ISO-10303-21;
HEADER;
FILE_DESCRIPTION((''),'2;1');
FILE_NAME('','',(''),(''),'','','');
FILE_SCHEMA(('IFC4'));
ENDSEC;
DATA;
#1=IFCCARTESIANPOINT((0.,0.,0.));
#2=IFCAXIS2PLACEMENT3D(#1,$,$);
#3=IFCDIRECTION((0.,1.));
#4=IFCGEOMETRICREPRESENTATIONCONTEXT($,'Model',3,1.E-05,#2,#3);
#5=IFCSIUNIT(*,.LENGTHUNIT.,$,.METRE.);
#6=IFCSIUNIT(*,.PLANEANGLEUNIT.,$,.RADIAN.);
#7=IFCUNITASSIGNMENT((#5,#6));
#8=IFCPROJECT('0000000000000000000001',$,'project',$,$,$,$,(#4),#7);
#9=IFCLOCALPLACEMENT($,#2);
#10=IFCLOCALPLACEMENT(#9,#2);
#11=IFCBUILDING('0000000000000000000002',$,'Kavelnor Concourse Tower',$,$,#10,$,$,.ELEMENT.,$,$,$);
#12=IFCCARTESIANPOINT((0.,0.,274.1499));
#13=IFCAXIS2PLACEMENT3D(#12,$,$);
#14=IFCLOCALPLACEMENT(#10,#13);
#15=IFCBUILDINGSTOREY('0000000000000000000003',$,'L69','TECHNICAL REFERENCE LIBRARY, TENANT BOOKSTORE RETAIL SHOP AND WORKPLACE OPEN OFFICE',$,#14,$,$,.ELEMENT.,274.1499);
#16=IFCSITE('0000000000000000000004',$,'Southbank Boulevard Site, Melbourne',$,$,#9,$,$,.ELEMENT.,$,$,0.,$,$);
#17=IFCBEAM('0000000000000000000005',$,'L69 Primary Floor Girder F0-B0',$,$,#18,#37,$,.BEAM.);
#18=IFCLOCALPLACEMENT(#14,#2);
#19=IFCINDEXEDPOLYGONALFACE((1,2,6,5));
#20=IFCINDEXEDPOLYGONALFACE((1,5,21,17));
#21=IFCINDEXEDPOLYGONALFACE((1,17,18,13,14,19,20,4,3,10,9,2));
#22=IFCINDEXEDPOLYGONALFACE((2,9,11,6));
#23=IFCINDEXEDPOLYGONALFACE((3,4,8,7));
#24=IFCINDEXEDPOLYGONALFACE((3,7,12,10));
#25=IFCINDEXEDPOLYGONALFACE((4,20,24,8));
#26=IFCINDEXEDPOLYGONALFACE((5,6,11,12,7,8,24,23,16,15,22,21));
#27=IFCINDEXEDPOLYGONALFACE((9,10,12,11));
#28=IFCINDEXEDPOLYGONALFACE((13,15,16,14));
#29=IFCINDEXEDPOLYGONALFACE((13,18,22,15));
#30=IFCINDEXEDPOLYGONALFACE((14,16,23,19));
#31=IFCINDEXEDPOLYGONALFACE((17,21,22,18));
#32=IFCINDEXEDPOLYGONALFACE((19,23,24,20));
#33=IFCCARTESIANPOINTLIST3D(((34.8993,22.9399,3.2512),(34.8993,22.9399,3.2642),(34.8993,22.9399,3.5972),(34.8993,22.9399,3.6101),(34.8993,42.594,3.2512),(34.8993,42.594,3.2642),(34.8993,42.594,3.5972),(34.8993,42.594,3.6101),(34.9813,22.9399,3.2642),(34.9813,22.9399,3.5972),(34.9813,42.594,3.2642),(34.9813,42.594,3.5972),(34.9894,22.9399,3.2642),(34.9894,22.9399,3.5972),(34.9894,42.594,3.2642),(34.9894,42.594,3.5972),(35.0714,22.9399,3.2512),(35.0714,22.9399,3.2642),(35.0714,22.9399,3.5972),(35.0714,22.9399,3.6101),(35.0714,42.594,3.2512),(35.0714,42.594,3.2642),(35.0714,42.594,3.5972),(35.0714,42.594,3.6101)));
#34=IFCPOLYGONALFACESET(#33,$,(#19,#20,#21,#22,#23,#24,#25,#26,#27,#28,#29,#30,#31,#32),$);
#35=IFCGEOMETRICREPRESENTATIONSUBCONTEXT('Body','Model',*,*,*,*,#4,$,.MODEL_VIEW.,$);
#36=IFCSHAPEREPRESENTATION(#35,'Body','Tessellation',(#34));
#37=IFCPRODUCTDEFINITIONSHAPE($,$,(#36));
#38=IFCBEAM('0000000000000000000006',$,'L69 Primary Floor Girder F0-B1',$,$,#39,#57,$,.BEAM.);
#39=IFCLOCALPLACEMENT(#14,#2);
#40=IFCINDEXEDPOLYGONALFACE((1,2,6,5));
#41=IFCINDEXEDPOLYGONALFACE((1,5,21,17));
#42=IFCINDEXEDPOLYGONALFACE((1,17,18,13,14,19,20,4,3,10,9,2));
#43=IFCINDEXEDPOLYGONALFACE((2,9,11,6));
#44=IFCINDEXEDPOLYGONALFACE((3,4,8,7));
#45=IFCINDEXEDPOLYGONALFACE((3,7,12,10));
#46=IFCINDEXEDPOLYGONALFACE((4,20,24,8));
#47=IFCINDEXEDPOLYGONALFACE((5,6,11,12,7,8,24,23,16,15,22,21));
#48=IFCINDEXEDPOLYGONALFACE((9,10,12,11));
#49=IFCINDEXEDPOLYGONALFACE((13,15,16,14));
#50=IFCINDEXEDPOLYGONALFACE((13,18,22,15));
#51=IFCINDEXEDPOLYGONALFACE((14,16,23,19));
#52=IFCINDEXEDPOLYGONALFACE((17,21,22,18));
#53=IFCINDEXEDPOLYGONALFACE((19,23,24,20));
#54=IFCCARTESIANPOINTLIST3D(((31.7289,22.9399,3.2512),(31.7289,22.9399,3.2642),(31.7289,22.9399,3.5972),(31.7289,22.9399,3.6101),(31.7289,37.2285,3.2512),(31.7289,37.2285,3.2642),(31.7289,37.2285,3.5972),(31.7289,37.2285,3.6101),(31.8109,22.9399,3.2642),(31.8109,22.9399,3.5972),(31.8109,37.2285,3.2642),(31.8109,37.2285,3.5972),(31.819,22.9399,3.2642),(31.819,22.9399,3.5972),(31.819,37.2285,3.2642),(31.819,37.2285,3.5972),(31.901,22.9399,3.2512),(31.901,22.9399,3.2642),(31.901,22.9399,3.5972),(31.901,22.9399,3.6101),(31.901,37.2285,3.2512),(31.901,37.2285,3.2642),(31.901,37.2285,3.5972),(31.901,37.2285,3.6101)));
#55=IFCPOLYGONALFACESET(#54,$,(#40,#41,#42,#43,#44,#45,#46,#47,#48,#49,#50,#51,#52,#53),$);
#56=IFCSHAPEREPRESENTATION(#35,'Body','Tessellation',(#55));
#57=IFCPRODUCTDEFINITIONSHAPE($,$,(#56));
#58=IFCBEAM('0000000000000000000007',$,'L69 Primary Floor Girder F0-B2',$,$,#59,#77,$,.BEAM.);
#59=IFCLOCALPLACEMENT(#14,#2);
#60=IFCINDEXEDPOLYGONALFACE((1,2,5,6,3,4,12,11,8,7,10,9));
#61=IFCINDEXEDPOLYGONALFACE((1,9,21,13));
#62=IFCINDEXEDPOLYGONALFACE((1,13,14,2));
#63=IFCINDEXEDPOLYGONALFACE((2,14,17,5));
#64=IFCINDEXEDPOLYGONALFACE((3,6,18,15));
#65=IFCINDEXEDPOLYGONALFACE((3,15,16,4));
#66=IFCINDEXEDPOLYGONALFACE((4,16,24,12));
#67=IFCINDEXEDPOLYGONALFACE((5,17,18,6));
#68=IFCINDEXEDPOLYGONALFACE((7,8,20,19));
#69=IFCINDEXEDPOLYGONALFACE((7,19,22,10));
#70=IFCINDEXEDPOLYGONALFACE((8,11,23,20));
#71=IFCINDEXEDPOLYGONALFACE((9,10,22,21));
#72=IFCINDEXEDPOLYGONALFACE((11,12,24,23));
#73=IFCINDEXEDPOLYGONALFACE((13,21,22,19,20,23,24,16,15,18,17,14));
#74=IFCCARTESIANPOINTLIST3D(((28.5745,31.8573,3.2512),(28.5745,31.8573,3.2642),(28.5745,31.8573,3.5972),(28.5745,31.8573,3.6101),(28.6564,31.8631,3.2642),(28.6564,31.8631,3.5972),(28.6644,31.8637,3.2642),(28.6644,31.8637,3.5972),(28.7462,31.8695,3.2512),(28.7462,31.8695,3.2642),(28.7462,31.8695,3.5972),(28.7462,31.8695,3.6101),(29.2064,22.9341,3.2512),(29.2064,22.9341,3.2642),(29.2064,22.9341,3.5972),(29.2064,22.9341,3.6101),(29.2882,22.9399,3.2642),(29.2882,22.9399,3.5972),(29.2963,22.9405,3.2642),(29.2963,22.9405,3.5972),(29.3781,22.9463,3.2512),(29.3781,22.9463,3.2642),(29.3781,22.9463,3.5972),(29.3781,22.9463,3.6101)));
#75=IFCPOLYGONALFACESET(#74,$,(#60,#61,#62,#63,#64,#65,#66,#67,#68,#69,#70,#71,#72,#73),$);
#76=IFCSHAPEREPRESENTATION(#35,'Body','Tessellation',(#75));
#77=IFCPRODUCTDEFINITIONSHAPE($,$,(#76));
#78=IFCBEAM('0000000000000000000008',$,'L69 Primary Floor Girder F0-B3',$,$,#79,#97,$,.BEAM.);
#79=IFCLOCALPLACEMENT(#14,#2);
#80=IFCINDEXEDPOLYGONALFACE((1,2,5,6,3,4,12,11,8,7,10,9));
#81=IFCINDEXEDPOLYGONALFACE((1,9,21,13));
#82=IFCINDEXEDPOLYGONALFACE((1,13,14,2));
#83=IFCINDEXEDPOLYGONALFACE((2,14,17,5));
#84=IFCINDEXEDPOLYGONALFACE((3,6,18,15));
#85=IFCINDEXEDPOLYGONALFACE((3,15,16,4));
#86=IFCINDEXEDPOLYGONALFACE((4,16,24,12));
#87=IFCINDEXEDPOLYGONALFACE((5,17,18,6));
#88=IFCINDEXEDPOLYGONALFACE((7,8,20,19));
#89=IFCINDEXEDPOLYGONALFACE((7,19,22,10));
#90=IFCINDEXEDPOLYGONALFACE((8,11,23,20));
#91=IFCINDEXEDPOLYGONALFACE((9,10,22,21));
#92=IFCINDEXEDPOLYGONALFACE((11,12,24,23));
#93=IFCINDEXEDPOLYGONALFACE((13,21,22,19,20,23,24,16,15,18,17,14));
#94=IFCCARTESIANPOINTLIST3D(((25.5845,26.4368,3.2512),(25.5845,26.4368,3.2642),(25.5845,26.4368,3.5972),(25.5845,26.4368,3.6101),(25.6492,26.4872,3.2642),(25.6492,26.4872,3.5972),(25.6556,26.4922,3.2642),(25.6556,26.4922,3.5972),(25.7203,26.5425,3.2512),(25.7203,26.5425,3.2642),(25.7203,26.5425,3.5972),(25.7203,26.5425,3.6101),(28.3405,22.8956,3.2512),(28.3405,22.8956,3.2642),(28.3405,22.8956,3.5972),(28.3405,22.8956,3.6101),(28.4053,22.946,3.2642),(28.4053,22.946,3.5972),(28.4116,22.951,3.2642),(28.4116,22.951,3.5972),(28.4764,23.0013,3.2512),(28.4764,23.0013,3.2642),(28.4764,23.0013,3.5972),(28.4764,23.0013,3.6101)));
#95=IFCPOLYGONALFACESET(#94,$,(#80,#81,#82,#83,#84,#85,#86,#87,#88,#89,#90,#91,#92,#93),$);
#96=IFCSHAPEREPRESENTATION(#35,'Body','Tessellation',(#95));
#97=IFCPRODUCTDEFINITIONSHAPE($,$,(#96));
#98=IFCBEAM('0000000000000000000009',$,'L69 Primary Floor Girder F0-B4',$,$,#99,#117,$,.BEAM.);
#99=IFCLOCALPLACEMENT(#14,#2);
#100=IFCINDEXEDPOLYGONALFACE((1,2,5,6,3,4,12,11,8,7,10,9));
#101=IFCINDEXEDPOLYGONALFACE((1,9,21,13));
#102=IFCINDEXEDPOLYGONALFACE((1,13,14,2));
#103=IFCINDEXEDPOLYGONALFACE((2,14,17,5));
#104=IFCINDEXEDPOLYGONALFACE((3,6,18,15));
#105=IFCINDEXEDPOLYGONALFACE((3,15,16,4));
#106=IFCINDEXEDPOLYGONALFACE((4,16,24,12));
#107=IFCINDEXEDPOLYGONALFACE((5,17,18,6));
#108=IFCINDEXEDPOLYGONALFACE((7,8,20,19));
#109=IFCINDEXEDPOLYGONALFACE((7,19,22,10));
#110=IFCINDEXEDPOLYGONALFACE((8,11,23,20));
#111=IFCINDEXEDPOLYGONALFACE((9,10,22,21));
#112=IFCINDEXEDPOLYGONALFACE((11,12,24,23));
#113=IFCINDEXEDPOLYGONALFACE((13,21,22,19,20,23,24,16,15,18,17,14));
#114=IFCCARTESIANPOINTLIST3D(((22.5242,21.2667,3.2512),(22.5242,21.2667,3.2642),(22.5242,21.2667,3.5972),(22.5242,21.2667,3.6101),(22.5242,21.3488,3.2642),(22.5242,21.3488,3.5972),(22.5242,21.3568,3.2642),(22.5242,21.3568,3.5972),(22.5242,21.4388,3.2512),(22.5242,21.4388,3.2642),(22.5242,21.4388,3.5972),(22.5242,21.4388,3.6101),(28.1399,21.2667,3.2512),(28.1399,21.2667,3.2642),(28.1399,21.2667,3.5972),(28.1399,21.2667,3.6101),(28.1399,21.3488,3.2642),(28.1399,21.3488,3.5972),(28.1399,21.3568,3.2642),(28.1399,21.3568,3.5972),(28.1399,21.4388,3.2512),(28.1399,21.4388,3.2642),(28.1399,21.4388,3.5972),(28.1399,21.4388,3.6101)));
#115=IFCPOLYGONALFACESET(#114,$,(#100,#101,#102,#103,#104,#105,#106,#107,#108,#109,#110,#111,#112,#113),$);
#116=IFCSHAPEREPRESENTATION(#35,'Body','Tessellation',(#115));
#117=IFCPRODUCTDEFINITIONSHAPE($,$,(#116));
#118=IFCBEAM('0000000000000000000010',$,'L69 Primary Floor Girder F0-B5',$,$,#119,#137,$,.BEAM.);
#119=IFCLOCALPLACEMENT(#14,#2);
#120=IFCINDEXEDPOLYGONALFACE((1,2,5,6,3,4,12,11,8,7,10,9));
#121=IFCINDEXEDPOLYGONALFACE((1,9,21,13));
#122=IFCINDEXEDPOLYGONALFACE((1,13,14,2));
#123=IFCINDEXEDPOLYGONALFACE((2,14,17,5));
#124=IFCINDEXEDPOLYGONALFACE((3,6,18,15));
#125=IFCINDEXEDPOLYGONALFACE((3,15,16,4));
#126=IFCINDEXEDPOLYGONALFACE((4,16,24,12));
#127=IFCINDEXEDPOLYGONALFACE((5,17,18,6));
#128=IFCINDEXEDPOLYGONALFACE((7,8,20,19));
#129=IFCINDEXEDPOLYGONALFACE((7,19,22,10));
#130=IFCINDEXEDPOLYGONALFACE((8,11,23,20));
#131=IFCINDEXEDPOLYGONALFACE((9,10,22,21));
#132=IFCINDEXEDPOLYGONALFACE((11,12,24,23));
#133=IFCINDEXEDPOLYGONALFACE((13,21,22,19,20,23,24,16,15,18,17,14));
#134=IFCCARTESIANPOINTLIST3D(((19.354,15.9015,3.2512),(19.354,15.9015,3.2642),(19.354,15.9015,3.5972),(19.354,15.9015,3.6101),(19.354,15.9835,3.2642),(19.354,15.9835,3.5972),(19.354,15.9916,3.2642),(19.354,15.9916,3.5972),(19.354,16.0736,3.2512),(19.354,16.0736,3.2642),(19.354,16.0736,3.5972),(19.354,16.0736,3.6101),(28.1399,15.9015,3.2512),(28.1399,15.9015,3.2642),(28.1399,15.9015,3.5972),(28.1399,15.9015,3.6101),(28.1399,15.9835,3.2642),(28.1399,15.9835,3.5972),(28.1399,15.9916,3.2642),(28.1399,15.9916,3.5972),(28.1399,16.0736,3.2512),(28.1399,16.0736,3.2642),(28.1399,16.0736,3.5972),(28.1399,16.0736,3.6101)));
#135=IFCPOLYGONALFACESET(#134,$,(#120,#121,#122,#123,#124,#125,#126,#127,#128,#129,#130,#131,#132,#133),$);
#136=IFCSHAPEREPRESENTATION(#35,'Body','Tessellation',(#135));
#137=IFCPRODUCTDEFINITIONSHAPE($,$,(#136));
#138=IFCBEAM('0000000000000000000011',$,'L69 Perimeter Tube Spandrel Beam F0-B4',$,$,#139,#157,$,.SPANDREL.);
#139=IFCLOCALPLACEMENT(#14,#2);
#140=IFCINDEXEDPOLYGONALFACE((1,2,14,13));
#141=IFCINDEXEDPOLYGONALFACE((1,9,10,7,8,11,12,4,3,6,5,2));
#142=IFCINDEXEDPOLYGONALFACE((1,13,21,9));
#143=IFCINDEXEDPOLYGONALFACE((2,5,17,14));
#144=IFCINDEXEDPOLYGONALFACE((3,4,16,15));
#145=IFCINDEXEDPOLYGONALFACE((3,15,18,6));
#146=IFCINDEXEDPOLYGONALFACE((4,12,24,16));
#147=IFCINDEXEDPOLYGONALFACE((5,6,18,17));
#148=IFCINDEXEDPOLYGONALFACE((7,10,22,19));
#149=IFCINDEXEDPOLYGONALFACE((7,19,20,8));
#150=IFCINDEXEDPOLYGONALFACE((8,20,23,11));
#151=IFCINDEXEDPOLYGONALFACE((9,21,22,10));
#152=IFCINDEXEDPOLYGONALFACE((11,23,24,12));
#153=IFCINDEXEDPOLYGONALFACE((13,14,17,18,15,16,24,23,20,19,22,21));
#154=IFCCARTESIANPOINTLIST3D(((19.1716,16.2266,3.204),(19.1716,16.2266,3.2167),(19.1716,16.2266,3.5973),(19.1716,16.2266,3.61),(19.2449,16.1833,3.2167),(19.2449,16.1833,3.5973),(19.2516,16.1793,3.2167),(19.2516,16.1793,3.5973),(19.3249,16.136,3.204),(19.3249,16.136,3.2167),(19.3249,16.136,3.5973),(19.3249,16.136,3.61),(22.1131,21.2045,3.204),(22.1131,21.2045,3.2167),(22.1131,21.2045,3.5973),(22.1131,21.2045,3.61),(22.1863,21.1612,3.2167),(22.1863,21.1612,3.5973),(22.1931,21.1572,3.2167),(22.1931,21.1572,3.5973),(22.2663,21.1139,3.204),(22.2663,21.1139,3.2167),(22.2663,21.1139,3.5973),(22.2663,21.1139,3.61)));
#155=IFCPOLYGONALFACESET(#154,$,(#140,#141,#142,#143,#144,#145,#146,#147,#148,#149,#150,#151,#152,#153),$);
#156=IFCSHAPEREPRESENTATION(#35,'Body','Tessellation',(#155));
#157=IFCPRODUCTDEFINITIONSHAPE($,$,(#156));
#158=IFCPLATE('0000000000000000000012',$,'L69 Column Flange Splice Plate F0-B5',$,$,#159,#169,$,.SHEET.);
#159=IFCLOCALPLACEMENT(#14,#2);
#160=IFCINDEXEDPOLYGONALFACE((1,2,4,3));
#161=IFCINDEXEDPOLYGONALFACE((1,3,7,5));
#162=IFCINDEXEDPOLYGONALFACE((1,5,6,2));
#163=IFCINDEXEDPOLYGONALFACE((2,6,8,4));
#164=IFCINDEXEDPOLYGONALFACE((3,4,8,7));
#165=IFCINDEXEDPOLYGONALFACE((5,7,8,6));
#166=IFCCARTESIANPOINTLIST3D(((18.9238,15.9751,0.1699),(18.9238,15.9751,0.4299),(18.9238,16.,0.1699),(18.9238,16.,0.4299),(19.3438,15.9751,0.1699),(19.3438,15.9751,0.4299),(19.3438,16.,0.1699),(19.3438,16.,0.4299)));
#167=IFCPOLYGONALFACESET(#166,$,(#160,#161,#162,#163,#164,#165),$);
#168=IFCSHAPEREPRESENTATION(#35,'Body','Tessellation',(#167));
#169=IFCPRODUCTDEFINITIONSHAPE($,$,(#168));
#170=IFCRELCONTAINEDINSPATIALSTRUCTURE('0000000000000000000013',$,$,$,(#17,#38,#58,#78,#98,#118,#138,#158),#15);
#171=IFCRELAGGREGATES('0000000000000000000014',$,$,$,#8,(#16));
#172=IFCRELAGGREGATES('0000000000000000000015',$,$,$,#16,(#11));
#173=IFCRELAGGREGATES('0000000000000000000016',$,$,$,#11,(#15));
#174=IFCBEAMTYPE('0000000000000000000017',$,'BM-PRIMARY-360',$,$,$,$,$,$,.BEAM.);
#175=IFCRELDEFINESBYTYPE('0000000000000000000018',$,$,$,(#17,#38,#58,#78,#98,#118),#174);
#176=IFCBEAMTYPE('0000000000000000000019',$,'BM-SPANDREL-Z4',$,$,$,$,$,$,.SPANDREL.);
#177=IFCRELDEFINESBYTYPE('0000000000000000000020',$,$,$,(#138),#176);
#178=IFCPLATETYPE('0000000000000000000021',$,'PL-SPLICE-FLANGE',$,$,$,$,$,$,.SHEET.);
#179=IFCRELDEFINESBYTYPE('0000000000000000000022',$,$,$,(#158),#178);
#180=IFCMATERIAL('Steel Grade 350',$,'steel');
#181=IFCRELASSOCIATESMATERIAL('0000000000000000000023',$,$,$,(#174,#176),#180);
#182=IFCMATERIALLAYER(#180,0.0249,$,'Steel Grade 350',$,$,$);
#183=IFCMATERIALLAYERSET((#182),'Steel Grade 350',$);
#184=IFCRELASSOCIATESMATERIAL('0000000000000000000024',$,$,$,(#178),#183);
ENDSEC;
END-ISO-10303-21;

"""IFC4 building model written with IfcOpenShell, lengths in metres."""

from ifc_helpers import new_model, si_unit, direction, frame, origin, origin_2d, place, context, subcontext, project, spatial, rectangle, i_section, extrude, material, layer, layer_set, material_profile, profile_set, type_object, element, save


model = new_model("IFC4")

# Units and contexts
model_context = context("Model", 3, precision=1e-05, world=origin(), true_north=direction((0.0, 1.0)))
body_context = subcontext(model_context, "Body", "Model", "MODEL_VIEW")
ifc_project = project(units=[si_unit("LENGTHUNIT", "METRE"), si_unit("PLANEANGLEUNIT", "RADIAN")], contexts=[model_context])

# Site, building, storey
site_placement = place(None, origin())
site = spatial("IfcSite", under=ifc_project, at=site_placement, Name="Southbank Boulevard Site, Melbourne", CompositionType="ELEMENT", RefElevation=0.0)
building_placement = place(site_placement, origin())
building = spatial("IfcBuilding", under=site, at=building_placement, Name="Kavelnor Concourse Tower", CompositionType="ELEMENT")
storey_placement = place(building_placement, frame((0.0, 0.0, 274.1499)))
storey = spatial("IfcBuildingStorey", under=building, at=storey_placement, Name="L69", Description="TECHNICAL REFERENCE LIBRARY, TENANT BOOKSTORE RETAIL SHOP AND WORKPLACE OPEN OFFICE", CompositionType="ELEMENT", Elevation=274.1499)

# Shared definitions
ifc_material_1 = material(Name="Steel Grade 350", Category="steel")

# Beams
ifc_material_profile_1 = material_profile(ifc_material_1, i_section(OverallWidth=0.1721, OverallDepth=0.3589, WebThickness=0.0081, FlangeThickness=0.0129, at=origin_2d()), Name="360UB56")
ifc_profile_set_1 = profile_set([ifc_material_profile_1], Name="Steel Grade 350")
beam_type_1 = type_object("IfcBeamType", Name="BM-PRIMARY-360", PredefinedType="BEAM", material=ifc_profile_set_1)
beam_1_placement = place(storey_placement, frame((34.9854, 22.9399, 3.4307), z_axis=(0.0, 1.0, 0.0), x_axis=(-1.0, 0.0, 0.0)))
element("IfcBeam", 1, at=beam_1_placement, inside=storey, type_object=beam_type_1, Name="L69 Primary Floor Girder F0-B0", PredefinedType="BEAM", context=body_context, shape_type="SweptSolid", body=[
    extrude(i_section(OverallWidth=0.1721, OverallDepth=0.3589, WebThickness=0.0081, FlangeThickness=0.0129, at=origin_2d()), origin(), (0.0, 0.0, 1.0), 19.6541),
])
beam_2_placement = place(storey_placement, frame((31.8149, 22.9399, 3.4307), z_axis=(0.0, 1.0, 0.0), x_axis=(-1.0, 0.0, 0.0)))
element("IfcBeam", 2, at=beam_2_placement, inside=storey, type_object=beam_type_1, Name="L69 Primary Floor Girder F0-B1", PredefinedType="BEAM", context=body_context, shape_type="SweptSolid", body=[
    extrude(i_section(OverallWidth=0.1721, OverallDepth=0.3589, WebThickness=0.0081, FlangeThickness=0.0129, at=origin_2d()), origin(), (0.0, 0.0, 1.0), 14.2886),
])
beam_3_placement = place(storey_placement, frame((29.2922, 22.9402, 3.4307), z_axis=(-0.070632, 0.997502, 0.0), x_axis=(-0.997502, -0.070632, 0.0)))
element("IfcBeam", 3, at=beam_3_placement, inside=storey, type_object=beam_type_1, Name="L69 Primary Floor Girder F0-B2", PredefinedType="BEAM", context=body_context, shape_type="SweptSolid", body=[
    extrude(i_section(OverallWidth=0.1721, OverallDepth=0.3589, WebThickness=0.0081, FlangeThickness=0.0129, at=origin_2d()), origin(), (0.0, 0.0, 1.0), 8.9456),
])
beam_4_placement = place(storey_placement, frame((28.4084, 22.9485, 3.4307), z_axis=(-0.614189, 0.789159, 0.0), x_axis=(-0.789159, -0.614189, 0.0)))
element("IfcBeam", 4, at=beam_4_placement, inside=storey, type_object=beam_type_1, Name="L69 Primary Floor Girder F0-B3", PredefinedType="BEAM", context=body_context, shape_type="SweptSolid", body=[
    extrude(i_section(OverallWidth=0.1721, OverallDepth=0.3589, WebThickness=0.0081, FlangeThickness=0.0129, at=origin_2d()), origin(), (0.0, 0.0, 1.0), 4.4873),
])
beam_5_placement = place(storey_placement, frame((28.1399, 21.3528, 3.4307), z_axis=(-1.0, 0.0, 0.0), x_axis=(0.0, -1.0, 0.0)))
element("IfcBeam", 5, at=beam_5_placement, inside=storey, type_object=beam_type_1, Name="L69 Primary Floor Girder F0-B4", PredefinedType="BEAM", context=body_context, shape_type="SweptSolid", body=[
    extrude(i_section(OverallWidth=0.1721, OverallDepth=0.3589, WebThickness=0.0081, FlangeThickness=0.0129, at=origin_2d()), origin(), (0.0, 0.0, 1.0), 5.6157),
])
beam_6_placement = place(storey_placement, frame((28.1399, 15.9875, 3.4307), z_axis=(-1.0, 0.0, 0.0), x_axis=(0.0, -1.0, 0.0)))
element("IfcBeam", 6, at=beam_6_placement, inside=storey, type_object=beam_type_1, Name="L69 Primary Floor Girder F0-B5", PredefinedType="BEAM", context=body_context, shape_type="SweptSolid", body=[
    extrude(i_section(OverallWidth=0.1721, OverallDepth=0.3589, WebThickness=0.0081, FlangeThickness=0.0129, at=origin_2d()), origin(), (0.0, 0.0, 1.0), 8.7859),
])
ifc_material_profile_2 = material_profile(ifc_material_1, i_section(OverallWidth=0.178, OverallDepth=0.406, WebThickness=0.0078, FlangeThickness=0.0127, at=origin_2d()), Name="410UB59")
ifc_profile_set_2 = profile_set([ifc_material_profile_2], Name="Steel Grade 350")
beam_type_2 = type_object("IfcBeamType", Name="BM-SPANDREL-Z4", PredefinedType="SPANDREL", material=ifc_profile_set_2)
beam_7_placement = place(storey_placement, frame((22.1897, 21.1592, 3.407), z_axis=(-0.508728, -0.860927, 0.0), x_axis=(0.860927, -0.508728, 0.0)))
element("IfcBeam", 7, at=beam_7_placement, inside=storey, type_object=beam_type_2, Name="L69 Perimeter Tube Spandrel Beam F0-B4", PredefinedType="SPANDREL", context=body_context, shape_type="SweptSolid", body=[
    extrude(i_section(OverallWidth=0.178, OverallDepth=0.406, WebThickness=0.0078, FlangeThickness=0.0127, at=origin_2d()), origin(), (0.0, 0.0, 1.0), 5.782),
])

# Plate
ifc_layer_1 = layer(ifc_material_1, 0.0249, Name="Steel Grade 350")
ifc_layer_set_1 = layer_set([ifc_layer_1], Name="Steel Grade 350")
plate_type = type_object("IfcPlateType", Name="PL-SPLICE-FLANGE", PredefinedType="SHEET", material=ifc_layer_set_1)
plate_placement = place(storey_placement, frame((19.1338, 15.9875, 0.1699), z_axis=(0.0, 0.0, 1.0), x_axis=(1.0, 0.0, 0.0)))
element("IfcPlate", 8, at=plate_placement, inside=storey, type_object=plate_type, Name="L69 Column Flange Splice Plate F0-B5", PredefinedType="SHEET", context=body_context, shape_type="SweptSolid", body=[
    extrude(rectangle(XDim=0.4199, YDim=0.0249, at=origin_2d()), origin(), (0.0, 0.0, 1.0), 0.26),
])

save(model, "model.ifc")
